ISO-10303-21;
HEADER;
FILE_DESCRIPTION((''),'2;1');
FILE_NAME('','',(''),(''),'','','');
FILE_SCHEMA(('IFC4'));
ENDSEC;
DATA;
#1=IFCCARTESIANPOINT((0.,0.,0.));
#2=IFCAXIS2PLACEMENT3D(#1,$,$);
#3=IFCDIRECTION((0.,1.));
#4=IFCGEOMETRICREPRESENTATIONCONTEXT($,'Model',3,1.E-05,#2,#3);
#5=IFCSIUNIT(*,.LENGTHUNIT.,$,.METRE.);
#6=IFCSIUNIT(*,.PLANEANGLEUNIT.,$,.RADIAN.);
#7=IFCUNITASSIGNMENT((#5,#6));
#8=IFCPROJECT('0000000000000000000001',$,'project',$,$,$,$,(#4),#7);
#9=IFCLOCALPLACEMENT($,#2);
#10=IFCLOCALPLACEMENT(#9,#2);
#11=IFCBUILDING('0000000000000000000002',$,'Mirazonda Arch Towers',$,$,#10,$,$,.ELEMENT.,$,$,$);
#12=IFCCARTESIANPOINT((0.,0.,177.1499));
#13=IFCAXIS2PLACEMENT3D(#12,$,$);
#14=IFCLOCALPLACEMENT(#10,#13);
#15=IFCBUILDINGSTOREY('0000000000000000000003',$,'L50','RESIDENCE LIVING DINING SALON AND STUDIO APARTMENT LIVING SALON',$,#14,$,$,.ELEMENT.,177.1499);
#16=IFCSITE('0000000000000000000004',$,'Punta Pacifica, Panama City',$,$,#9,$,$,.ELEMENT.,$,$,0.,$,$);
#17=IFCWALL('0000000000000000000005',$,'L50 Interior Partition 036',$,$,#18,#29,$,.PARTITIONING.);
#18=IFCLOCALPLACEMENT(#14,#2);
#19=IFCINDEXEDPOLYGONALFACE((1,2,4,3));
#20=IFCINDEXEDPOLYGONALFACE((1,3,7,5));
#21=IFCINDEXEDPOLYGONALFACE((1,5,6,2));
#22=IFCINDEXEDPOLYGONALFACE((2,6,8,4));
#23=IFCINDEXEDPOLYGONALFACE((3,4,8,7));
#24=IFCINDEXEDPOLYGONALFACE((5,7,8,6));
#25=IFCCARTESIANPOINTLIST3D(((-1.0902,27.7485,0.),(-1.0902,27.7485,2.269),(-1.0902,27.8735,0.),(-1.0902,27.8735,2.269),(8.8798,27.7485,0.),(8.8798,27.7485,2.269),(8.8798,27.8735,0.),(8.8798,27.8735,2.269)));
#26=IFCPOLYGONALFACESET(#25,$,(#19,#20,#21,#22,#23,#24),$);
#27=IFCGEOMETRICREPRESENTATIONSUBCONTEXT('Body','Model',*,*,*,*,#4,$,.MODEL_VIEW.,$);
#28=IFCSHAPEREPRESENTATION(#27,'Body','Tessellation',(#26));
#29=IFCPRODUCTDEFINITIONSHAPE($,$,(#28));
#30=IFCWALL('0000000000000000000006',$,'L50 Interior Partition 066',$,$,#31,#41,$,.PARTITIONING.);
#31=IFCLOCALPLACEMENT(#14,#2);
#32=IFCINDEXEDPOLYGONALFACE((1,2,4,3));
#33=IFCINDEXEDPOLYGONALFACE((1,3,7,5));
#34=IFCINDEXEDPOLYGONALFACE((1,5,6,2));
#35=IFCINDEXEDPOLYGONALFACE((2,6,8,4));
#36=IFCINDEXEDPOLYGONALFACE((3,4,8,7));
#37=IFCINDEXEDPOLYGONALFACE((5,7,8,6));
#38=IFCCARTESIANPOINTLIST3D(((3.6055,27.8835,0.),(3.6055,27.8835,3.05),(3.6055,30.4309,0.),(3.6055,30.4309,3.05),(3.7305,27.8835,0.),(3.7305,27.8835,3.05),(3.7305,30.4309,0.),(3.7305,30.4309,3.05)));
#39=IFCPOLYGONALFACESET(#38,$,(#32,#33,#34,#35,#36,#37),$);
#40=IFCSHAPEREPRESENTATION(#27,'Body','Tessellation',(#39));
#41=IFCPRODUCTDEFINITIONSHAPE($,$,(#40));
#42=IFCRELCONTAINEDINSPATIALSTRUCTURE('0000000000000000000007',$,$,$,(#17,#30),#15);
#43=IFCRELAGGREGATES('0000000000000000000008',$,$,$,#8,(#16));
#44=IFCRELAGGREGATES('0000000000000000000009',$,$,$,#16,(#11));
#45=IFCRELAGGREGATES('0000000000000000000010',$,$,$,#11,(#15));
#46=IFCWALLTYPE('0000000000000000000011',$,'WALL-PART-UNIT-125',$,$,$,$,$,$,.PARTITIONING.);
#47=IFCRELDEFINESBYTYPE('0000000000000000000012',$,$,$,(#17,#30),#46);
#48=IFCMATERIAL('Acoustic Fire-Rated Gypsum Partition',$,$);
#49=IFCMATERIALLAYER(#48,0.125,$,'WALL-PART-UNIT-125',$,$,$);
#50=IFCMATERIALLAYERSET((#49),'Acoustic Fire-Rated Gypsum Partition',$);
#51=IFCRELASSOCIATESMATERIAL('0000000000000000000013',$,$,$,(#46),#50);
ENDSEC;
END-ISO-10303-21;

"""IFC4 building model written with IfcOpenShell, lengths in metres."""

from ifc_helpers import new_model, si_unit, direction, frame, frame_2d, origin, place, context, subcontext, project, spatial, rectangle, extrude, material, layer, layer_set, type_object, element, save


model = new_model("IFC4")

# Units and contexts
model_context = context("Model", 3, precision=1e-05, world=origin(), true_north=direction((0.0, 1.0)))
body_context = subcontext(model_context, "Body", "Model", "MODEL_VIEW")
ifc_project = project(units=[si_unit("LENGTHUNIT", "METRE"), si_unit("PLANEANGLEUNIT", "RADIAN")], contexts=[model_context])

# Site, building, storey
site_placement = place(None, origin())
site = spatial("IfcSite", under=ifc_project, at=site_placement, Name="Punta Pacifica, Panama City", CompositionType="ELEMENT", RefElevation=0.0)
building_placement = place(site_placement, origin())
building = spatial("IfcBuilding", under=site, at=building_placement, Name="Mirazonda Arch Towers", CompositionType="ELEMENT")
storey_placement = place(building_placement, frame((0.0, 0.0, 177.1499)))
storey = spatial("IfcBuildingStorey", under=building, at=storey_placement, Name="L50", Description="RESIDENCE LIVING DINING SALON AND STUDIO APARTMENT LIVING SALON", CompositionType="ELEMENT", Elevation=177.1499)

# Walls
ifc_material_1 = material(Name="Acoustic Fire-Rated Gypsum Partition")
ifc_layer_1 = layer(ifc_material_1, 0.125, Name="WALL-PART-UNIT-125")
ifc_layer_set_1 = layer_set([ifc_layer_1], Name="Acoustic Fire-Rated Gypsum Partition")
wall_type_1 = type_object("IfcWallType", Name="WALL-PART-UNIT-125", PredefinedType="PARTITIONING", material=ifc_layer_set_1)
wall_1_placement = place(storey_placement, frame((-1.0901, 27.811, 0.0), z_axis=(0.0, 0.0, 1.0), x_axis=(1.0, 0.0, 0.0)))
element("IfcWall", 1, at=wall_1_placement, inside=storey, type_object=wall_type_1, Name="L50 Interior Partition 036", PredefinedType="PARTITIONING", context=body_context, shape_type="SweptSolid", body=[
    extrude(rectangle(XDim=9.97, YDim=0.125, at=frame_2d((4.9849, 0.0))), origin(), (0.0, 0.0, 1.0), 2.269),
])
wall_2_placement = place(storey_placement, frame((3.668, 27.8835, 0.0), z_axis=(0.0, 0.0, 1.0), x_axis=(0.0, 1.0, 0.0)))
element("IfcWall", 2, at=wall_2_placement, inside=storey, type_object=wall_type_1, Name="L50 Interior Partition 066", PredefinedType="PARTITIONING", context=body_context, shape_type="SweptSolid", body=[
    extrude(rectangle(XDim=2.5474, YDim=0.125, at=frame_2d((1.2737, 0.0))), origin(), (0.0, 0.0, 1.0), 3.05),
])

save(model, "model.ifc")
